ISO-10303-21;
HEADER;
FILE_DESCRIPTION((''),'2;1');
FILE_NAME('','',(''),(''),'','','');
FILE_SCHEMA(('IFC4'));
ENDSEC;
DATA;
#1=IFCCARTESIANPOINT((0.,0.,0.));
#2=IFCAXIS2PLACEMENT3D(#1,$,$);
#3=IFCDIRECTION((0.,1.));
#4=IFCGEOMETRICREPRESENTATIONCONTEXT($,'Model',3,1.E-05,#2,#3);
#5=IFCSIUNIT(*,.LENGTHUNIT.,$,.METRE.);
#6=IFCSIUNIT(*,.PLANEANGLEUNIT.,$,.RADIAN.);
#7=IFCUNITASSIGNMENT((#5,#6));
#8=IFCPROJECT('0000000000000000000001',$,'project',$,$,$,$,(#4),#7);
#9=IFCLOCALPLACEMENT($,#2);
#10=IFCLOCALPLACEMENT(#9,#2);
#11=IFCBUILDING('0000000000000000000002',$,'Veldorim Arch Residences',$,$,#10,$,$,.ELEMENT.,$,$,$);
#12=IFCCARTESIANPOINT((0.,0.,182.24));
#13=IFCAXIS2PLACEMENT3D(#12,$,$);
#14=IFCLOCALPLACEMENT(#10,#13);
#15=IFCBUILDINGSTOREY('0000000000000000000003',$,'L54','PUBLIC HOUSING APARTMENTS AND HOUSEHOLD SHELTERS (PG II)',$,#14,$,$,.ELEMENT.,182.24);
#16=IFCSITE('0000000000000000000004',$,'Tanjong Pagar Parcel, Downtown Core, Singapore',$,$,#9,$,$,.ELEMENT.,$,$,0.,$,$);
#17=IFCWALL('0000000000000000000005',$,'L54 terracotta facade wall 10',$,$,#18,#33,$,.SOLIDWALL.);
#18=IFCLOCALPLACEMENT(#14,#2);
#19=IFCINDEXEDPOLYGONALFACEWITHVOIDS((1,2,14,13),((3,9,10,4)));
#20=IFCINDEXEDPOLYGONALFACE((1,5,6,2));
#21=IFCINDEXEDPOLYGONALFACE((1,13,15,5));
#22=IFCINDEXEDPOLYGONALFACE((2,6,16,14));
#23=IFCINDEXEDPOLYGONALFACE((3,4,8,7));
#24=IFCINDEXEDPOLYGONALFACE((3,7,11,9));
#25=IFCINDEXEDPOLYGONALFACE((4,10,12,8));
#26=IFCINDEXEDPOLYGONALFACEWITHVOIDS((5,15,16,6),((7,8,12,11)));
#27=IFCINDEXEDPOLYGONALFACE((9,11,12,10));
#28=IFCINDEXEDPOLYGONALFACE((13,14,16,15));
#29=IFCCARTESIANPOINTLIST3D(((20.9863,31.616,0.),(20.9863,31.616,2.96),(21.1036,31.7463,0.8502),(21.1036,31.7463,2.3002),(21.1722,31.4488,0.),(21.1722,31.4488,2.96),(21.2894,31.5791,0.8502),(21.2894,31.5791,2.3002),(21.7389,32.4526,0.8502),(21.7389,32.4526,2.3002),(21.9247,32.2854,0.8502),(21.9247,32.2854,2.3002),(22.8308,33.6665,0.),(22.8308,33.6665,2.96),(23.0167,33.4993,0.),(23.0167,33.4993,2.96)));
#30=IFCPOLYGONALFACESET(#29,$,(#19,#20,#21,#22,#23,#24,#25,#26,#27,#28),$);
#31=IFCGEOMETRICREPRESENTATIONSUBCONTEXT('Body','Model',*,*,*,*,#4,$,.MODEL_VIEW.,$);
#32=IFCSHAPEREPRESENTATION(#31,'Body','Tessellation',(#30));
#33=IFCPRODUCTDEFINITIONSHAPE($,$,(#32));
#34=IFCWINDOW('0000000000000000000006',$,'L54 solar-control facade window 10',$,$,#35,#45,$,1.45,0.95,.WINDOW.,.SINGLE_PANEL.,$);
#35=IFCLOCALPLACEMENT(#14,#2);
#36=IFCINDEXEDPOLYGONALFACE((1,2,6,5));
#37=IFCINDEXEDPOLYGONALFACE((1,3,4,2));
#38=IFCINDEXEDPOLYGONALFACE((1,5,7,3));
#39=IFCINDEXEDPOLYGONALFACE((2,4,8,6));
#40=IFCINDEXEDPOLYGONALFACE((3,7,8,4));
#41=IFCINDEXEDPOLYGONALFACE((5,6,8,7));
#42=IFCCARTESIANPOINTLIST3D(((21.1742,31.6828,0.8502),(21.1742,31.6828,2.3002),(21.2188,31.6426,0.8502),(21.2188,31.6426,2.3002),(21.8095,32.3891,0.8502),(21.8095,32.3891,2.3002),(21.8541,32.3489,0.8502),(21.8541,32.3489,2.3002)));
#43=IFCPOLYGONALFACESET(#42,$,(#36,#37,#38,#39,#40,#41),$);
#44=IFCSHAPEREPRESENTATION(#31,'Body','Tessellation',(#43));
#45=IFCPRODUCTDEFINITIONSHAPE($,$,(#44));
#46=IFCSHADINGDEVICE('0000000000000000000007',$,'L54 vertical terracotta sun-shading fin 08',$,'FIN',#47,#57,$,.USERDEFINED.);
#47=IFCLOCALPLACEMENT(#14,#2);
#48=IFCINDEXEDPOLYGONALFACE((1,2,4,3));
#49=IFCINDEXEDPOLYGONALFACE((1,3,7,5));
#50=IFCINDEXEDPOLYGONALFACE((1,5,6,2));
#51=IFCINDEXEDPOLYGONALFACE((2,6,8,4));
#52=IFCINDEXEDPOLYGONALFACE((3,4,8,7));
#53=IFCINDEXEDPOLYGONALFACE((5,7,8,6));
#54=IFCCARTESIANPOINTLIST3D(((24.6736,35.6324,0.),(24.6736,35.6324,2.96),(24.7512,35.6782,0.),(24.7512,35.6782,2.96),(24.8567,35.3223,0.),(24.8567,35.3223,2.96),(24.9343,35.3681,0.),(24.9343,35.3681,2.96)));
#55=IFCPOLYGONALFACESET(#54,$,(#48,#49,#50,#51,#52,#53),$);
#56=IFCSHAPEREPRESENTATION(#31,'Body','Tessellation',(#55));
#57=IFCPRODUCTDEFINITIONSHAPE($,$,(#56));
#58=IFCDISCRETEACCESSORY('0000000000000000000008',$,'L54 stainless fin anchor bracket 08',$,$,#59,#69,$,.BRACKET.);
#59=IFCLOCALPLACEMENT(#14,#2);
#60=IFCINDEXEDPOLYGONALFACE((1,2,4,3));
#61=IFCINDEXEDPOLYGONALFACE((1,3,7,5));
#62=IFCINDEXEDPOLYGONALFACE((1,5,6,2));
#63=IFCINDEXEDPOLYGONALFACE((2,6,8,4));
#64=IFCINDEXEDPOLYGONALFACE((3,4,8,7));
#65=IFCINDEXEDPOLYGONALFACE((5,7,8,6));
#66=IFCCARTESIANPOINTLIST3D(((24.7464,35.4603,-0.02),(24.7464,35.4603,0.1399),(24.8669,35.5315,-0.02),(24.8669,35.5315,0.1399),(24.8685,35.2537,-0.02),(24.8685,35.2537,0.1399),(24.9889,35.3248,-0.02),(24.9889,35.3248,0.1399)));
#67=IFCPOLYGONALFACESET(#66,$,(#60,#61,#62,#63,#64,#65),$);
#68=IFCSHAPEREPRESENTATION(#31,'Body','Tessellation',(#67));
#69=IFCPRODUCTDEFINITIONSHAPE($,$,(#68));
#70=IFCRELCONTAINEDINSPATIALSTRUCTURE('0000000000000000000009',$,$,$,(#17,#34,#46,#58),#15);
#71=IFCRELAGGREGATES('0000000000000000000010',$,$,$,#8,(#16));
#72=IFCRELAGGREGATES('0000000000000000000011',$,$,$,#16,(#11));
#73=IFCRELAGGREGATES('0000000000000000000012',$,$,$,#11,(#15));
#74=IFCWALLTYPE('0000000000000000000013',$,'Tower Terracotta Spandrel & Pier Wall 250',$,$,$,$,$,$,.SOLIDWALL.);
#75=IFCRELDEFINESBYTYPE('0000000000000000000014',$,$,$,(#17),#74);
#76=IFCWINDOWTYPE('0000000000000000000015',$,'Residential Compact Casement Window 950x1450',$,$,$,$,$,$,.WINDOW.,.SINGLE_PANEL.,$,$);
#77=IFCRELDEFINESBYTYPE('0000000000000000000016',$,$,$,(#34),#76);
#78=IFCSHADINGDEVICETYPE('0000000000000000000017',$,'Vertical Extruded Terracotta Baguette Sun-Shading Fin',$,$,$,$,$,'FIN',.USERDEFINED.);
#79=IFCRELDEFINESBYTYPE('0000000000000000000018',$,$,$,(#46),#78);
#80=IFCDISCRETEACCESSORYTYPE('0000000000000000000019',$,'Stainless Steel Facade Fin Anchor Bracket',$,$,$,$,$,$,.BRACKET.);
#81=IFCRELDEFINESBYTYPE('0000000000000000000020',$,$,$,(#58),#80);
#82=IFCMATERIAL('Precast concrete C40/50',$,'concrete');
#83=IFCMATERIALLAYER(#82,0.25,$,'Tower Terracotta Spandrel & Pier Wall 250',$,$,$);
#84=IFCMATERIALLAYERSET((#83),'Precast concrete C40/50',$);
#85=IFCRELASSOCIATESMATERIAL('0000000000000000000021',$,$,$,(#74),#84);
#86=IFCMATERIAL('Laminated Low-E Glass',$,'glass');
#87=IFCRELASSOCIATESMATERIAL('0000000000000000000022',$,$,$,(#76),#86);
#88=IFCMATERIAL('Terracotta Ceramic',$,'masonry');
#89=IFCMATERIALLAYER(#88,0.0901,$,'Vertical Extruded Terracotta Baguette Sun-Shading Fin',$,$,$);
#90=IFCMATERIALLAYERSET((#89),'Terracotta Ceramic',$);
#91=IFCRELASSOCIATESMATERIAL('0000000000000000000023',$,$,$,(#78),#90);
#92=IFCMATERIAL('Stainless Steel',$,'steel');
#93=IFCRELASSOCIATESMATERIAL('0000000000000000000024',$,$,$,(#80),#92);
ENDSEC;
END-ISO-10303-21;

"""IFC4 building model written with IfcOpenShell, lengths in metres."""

from ifc_helpers import new_model, si_unit, direction, frame, frame_2d, origin, origin_2d, place, context, subcontext, project, spatial, rectangle, extrude, material, layer, layer_set, type_object, element, fill, save


model = new_model("IFC4")

# Units and contexts
model_context = context("Model", 3, precision=1e-05, world=origin(), true_north=direction((0.0, 1.0)))
body_context = subcontext(model_context, "Body", "Model", "MODEL_VIEW")
ifc_project = project(units=[si_unit("LENGTHUNIT", "METRE"), si_unit("PLANEANGLEUNIT", "RADIAN")], contexts=[model_context])

# Site, building, storey
site_placement = place(None, origin())
site = spatial("IfcSite", under=ifc_project, at=site_placement, Name="Tanjong Pagar Parcel, Downtown Core, Singapore", CompositionType="ELEMENT", RefElevation=0.0)
building_placement = place(site_placement, origin())
building = spatial("IfcBuilding", under=site, at=building_placement, Name="Veldorim Arch Residences", CompositionType="ELEMENT")
storey_placement = place(building_placement, frame((0.0, 0.0, 182.24)))
storey = spatial("IfcBuildingStorey", under=building, at=storey_placement, Name="L54", Description="PUBLIC HOUSING APARTMENTS AND HOUSEHOLD SHELTERS (PG II)", CompositionType="ELEMENT", Elevation=182.24)

# Shared definitions
ifc_material_1 = material(Name="Precast concrete C40/50", Category="concrete")
ifc_layer_1 = layer(ifc_material_1, 0.25, Name="Tower Terracotta Spandrel & Pier Wall 250")
ifc_layer_set_1 = layer_set([ifc_layer_1], Name="Precast concrete C40/50")
wall_type_1 = type_object("IfcWallType", Name="Tower Terracotta Spandrel & Pier Wall 250", PredefinedType="SOLIDWALL", material=ifc_layer_set_1)

# Wall, opening, window
wall_1_placement = place(storey_placement, frame((21.0793, 31.5325, 0.0), z_axis=(0.0, 0.0, 1.0), x_axis=(0.668764, 0.743475, 0.0)))
wall_1 = element("IfcWall", 1, at=wall_1_placement, inside=storey, type_object=wall_type_1, Name="L54 terracotta facade wall 10", PredefinedType="SOLIDWALL", context=body_context, shape_type="SweptSolid", body=[
    extrude(rectangle(XDim=2.7581, YDim=0.25, at=frame_2d((1.3789, 0.0))), origin(), (0.0, 0.0, 1.0), 2.96),
])
opening_1_placement = place(wall_1_placement, frame((0.175, 0.0, 0.8501)))
opening_1 = element("IfcOpeningElement", 2, at=opening_1_placement, cuts=wall_1, PredefinedType="OPENING", context=body_context, shape_type="SweptSolid", body=[
    extrude(rectangle(XDim=0.95, YDim=1.45, at=frame_2d((0.4751, 0.7251))), frame((0.0, 0.135, 0.0), z_axis=(0.0, -1.0, 0.0), x_axis=(1.0, 0.0, 0.0)), (0.0, 0.0, 1.0), 0.27),
])
ifc_material_2 = material(Name="Laminated Low-E Glass", Category="glass")
window_type = type_object("IfcWindowType", Name="Residential Compact Casement Window 950x1450", PartitioningType="SINGLE_PANEL", PredefinedType="WINDOW", material=ifc_material_2)
window_placement = place(opening_1_placement, origin())
window = element("IfcWindow", 3, at=window_placement, inside=storey, type_object=window_type, Name="L54 solar-control facade window 10", OverallHeight=1.45, OverallWidth=0.95, PartitioningType="SINGLE_PANEL", PredefinedType="WINDOW", context=body_context, shape_type="SweptSolid", body=[
    extrude(rectangle(XDim=0.95, YDim=1.45, at=frame_2d((0.4751, 0.7251))), frame((0.0, 0.03, 0.0), z_axis=(0.0, -1.0, 0.0), x_axis=(1.0, 0.0, 0.0)), (0.0, 0.0, 1.0), 0.0601),
])
fill(opening_1, window)

# Shading device
ifc_material_3 = material(Name="Terracotta Ceramic", Category="masonry")
ifc_layer_2 = layer(ifc_material_3, 0.0901, Name="Vertical Extruded Terracotta Baguette Sun-Shading Fin")
ifc_layer_set_2 = layer_set([ifc_layer_2], Name="Terracotta Ceramic")
shading_device_type = type_object("IfcShadingDeviceType", Name="Vertical Extruded Terracotta Baguette Sun-Shading Fin", ElementType="FIN", PredefinedType="USERDEFINED", material=ifc_layer_set_2)
shading_device_placement = place(storey_placement, frame((24.804, 35.5002, 0.0), z_axis=(0.0, 0.0, 1.0), x_axis=(0.861097, 0.50844, 0.0)))
element("IfcShadingDevice", 4, at=shading_device_placement, inside=storey, type_object=shading_device_type, Name="L54 vertical terracotta sun-shading fin 08", ObjectType="FIN", PredefinedType="USERDEFINED", context=body_context, shape_type="SweptSolid", body=[
    extrude(rectangle(XDim=0.0901, YDim=0.3601, at=origin_2d()), origin(), (0.0, 0.0, 1.0), 2.96),
])

# Discrete accessory
ifc_material_4 = material(Name="Stainless Steel", Category="steel")
discrete_accessory_type = type_object("IfcDiscreteAccessoryType", Name="Stainless Steel Facade Fin Anchor Bracket", PredefinedType="BRACKET", material=ifc_material_4)
discrete_accessory_placement = place(storey_placement, frame((24.8677, 35.3926, -0.02), z_axis=(0.0, 0.0, 1.0), x_axis=(0.861097, 0.50844, 0.0)))
element("IfcDiscreteAccessory", 5, at=discrete_accessory_placement, inside=storey, type_object=discrete_accessory_type, Name="L54 stainless fin anchor bracket 08", PredefinedType="BRACKET", context=body_context, shape_type="SweptSolid", body=[
    extrude(rectangle(XDim=0.1399, YDim=0.24, at=origin_2d()), origin(), (0.0, 0.0, 1.0), 0.1599),
])

save(model, "model.ifc")
